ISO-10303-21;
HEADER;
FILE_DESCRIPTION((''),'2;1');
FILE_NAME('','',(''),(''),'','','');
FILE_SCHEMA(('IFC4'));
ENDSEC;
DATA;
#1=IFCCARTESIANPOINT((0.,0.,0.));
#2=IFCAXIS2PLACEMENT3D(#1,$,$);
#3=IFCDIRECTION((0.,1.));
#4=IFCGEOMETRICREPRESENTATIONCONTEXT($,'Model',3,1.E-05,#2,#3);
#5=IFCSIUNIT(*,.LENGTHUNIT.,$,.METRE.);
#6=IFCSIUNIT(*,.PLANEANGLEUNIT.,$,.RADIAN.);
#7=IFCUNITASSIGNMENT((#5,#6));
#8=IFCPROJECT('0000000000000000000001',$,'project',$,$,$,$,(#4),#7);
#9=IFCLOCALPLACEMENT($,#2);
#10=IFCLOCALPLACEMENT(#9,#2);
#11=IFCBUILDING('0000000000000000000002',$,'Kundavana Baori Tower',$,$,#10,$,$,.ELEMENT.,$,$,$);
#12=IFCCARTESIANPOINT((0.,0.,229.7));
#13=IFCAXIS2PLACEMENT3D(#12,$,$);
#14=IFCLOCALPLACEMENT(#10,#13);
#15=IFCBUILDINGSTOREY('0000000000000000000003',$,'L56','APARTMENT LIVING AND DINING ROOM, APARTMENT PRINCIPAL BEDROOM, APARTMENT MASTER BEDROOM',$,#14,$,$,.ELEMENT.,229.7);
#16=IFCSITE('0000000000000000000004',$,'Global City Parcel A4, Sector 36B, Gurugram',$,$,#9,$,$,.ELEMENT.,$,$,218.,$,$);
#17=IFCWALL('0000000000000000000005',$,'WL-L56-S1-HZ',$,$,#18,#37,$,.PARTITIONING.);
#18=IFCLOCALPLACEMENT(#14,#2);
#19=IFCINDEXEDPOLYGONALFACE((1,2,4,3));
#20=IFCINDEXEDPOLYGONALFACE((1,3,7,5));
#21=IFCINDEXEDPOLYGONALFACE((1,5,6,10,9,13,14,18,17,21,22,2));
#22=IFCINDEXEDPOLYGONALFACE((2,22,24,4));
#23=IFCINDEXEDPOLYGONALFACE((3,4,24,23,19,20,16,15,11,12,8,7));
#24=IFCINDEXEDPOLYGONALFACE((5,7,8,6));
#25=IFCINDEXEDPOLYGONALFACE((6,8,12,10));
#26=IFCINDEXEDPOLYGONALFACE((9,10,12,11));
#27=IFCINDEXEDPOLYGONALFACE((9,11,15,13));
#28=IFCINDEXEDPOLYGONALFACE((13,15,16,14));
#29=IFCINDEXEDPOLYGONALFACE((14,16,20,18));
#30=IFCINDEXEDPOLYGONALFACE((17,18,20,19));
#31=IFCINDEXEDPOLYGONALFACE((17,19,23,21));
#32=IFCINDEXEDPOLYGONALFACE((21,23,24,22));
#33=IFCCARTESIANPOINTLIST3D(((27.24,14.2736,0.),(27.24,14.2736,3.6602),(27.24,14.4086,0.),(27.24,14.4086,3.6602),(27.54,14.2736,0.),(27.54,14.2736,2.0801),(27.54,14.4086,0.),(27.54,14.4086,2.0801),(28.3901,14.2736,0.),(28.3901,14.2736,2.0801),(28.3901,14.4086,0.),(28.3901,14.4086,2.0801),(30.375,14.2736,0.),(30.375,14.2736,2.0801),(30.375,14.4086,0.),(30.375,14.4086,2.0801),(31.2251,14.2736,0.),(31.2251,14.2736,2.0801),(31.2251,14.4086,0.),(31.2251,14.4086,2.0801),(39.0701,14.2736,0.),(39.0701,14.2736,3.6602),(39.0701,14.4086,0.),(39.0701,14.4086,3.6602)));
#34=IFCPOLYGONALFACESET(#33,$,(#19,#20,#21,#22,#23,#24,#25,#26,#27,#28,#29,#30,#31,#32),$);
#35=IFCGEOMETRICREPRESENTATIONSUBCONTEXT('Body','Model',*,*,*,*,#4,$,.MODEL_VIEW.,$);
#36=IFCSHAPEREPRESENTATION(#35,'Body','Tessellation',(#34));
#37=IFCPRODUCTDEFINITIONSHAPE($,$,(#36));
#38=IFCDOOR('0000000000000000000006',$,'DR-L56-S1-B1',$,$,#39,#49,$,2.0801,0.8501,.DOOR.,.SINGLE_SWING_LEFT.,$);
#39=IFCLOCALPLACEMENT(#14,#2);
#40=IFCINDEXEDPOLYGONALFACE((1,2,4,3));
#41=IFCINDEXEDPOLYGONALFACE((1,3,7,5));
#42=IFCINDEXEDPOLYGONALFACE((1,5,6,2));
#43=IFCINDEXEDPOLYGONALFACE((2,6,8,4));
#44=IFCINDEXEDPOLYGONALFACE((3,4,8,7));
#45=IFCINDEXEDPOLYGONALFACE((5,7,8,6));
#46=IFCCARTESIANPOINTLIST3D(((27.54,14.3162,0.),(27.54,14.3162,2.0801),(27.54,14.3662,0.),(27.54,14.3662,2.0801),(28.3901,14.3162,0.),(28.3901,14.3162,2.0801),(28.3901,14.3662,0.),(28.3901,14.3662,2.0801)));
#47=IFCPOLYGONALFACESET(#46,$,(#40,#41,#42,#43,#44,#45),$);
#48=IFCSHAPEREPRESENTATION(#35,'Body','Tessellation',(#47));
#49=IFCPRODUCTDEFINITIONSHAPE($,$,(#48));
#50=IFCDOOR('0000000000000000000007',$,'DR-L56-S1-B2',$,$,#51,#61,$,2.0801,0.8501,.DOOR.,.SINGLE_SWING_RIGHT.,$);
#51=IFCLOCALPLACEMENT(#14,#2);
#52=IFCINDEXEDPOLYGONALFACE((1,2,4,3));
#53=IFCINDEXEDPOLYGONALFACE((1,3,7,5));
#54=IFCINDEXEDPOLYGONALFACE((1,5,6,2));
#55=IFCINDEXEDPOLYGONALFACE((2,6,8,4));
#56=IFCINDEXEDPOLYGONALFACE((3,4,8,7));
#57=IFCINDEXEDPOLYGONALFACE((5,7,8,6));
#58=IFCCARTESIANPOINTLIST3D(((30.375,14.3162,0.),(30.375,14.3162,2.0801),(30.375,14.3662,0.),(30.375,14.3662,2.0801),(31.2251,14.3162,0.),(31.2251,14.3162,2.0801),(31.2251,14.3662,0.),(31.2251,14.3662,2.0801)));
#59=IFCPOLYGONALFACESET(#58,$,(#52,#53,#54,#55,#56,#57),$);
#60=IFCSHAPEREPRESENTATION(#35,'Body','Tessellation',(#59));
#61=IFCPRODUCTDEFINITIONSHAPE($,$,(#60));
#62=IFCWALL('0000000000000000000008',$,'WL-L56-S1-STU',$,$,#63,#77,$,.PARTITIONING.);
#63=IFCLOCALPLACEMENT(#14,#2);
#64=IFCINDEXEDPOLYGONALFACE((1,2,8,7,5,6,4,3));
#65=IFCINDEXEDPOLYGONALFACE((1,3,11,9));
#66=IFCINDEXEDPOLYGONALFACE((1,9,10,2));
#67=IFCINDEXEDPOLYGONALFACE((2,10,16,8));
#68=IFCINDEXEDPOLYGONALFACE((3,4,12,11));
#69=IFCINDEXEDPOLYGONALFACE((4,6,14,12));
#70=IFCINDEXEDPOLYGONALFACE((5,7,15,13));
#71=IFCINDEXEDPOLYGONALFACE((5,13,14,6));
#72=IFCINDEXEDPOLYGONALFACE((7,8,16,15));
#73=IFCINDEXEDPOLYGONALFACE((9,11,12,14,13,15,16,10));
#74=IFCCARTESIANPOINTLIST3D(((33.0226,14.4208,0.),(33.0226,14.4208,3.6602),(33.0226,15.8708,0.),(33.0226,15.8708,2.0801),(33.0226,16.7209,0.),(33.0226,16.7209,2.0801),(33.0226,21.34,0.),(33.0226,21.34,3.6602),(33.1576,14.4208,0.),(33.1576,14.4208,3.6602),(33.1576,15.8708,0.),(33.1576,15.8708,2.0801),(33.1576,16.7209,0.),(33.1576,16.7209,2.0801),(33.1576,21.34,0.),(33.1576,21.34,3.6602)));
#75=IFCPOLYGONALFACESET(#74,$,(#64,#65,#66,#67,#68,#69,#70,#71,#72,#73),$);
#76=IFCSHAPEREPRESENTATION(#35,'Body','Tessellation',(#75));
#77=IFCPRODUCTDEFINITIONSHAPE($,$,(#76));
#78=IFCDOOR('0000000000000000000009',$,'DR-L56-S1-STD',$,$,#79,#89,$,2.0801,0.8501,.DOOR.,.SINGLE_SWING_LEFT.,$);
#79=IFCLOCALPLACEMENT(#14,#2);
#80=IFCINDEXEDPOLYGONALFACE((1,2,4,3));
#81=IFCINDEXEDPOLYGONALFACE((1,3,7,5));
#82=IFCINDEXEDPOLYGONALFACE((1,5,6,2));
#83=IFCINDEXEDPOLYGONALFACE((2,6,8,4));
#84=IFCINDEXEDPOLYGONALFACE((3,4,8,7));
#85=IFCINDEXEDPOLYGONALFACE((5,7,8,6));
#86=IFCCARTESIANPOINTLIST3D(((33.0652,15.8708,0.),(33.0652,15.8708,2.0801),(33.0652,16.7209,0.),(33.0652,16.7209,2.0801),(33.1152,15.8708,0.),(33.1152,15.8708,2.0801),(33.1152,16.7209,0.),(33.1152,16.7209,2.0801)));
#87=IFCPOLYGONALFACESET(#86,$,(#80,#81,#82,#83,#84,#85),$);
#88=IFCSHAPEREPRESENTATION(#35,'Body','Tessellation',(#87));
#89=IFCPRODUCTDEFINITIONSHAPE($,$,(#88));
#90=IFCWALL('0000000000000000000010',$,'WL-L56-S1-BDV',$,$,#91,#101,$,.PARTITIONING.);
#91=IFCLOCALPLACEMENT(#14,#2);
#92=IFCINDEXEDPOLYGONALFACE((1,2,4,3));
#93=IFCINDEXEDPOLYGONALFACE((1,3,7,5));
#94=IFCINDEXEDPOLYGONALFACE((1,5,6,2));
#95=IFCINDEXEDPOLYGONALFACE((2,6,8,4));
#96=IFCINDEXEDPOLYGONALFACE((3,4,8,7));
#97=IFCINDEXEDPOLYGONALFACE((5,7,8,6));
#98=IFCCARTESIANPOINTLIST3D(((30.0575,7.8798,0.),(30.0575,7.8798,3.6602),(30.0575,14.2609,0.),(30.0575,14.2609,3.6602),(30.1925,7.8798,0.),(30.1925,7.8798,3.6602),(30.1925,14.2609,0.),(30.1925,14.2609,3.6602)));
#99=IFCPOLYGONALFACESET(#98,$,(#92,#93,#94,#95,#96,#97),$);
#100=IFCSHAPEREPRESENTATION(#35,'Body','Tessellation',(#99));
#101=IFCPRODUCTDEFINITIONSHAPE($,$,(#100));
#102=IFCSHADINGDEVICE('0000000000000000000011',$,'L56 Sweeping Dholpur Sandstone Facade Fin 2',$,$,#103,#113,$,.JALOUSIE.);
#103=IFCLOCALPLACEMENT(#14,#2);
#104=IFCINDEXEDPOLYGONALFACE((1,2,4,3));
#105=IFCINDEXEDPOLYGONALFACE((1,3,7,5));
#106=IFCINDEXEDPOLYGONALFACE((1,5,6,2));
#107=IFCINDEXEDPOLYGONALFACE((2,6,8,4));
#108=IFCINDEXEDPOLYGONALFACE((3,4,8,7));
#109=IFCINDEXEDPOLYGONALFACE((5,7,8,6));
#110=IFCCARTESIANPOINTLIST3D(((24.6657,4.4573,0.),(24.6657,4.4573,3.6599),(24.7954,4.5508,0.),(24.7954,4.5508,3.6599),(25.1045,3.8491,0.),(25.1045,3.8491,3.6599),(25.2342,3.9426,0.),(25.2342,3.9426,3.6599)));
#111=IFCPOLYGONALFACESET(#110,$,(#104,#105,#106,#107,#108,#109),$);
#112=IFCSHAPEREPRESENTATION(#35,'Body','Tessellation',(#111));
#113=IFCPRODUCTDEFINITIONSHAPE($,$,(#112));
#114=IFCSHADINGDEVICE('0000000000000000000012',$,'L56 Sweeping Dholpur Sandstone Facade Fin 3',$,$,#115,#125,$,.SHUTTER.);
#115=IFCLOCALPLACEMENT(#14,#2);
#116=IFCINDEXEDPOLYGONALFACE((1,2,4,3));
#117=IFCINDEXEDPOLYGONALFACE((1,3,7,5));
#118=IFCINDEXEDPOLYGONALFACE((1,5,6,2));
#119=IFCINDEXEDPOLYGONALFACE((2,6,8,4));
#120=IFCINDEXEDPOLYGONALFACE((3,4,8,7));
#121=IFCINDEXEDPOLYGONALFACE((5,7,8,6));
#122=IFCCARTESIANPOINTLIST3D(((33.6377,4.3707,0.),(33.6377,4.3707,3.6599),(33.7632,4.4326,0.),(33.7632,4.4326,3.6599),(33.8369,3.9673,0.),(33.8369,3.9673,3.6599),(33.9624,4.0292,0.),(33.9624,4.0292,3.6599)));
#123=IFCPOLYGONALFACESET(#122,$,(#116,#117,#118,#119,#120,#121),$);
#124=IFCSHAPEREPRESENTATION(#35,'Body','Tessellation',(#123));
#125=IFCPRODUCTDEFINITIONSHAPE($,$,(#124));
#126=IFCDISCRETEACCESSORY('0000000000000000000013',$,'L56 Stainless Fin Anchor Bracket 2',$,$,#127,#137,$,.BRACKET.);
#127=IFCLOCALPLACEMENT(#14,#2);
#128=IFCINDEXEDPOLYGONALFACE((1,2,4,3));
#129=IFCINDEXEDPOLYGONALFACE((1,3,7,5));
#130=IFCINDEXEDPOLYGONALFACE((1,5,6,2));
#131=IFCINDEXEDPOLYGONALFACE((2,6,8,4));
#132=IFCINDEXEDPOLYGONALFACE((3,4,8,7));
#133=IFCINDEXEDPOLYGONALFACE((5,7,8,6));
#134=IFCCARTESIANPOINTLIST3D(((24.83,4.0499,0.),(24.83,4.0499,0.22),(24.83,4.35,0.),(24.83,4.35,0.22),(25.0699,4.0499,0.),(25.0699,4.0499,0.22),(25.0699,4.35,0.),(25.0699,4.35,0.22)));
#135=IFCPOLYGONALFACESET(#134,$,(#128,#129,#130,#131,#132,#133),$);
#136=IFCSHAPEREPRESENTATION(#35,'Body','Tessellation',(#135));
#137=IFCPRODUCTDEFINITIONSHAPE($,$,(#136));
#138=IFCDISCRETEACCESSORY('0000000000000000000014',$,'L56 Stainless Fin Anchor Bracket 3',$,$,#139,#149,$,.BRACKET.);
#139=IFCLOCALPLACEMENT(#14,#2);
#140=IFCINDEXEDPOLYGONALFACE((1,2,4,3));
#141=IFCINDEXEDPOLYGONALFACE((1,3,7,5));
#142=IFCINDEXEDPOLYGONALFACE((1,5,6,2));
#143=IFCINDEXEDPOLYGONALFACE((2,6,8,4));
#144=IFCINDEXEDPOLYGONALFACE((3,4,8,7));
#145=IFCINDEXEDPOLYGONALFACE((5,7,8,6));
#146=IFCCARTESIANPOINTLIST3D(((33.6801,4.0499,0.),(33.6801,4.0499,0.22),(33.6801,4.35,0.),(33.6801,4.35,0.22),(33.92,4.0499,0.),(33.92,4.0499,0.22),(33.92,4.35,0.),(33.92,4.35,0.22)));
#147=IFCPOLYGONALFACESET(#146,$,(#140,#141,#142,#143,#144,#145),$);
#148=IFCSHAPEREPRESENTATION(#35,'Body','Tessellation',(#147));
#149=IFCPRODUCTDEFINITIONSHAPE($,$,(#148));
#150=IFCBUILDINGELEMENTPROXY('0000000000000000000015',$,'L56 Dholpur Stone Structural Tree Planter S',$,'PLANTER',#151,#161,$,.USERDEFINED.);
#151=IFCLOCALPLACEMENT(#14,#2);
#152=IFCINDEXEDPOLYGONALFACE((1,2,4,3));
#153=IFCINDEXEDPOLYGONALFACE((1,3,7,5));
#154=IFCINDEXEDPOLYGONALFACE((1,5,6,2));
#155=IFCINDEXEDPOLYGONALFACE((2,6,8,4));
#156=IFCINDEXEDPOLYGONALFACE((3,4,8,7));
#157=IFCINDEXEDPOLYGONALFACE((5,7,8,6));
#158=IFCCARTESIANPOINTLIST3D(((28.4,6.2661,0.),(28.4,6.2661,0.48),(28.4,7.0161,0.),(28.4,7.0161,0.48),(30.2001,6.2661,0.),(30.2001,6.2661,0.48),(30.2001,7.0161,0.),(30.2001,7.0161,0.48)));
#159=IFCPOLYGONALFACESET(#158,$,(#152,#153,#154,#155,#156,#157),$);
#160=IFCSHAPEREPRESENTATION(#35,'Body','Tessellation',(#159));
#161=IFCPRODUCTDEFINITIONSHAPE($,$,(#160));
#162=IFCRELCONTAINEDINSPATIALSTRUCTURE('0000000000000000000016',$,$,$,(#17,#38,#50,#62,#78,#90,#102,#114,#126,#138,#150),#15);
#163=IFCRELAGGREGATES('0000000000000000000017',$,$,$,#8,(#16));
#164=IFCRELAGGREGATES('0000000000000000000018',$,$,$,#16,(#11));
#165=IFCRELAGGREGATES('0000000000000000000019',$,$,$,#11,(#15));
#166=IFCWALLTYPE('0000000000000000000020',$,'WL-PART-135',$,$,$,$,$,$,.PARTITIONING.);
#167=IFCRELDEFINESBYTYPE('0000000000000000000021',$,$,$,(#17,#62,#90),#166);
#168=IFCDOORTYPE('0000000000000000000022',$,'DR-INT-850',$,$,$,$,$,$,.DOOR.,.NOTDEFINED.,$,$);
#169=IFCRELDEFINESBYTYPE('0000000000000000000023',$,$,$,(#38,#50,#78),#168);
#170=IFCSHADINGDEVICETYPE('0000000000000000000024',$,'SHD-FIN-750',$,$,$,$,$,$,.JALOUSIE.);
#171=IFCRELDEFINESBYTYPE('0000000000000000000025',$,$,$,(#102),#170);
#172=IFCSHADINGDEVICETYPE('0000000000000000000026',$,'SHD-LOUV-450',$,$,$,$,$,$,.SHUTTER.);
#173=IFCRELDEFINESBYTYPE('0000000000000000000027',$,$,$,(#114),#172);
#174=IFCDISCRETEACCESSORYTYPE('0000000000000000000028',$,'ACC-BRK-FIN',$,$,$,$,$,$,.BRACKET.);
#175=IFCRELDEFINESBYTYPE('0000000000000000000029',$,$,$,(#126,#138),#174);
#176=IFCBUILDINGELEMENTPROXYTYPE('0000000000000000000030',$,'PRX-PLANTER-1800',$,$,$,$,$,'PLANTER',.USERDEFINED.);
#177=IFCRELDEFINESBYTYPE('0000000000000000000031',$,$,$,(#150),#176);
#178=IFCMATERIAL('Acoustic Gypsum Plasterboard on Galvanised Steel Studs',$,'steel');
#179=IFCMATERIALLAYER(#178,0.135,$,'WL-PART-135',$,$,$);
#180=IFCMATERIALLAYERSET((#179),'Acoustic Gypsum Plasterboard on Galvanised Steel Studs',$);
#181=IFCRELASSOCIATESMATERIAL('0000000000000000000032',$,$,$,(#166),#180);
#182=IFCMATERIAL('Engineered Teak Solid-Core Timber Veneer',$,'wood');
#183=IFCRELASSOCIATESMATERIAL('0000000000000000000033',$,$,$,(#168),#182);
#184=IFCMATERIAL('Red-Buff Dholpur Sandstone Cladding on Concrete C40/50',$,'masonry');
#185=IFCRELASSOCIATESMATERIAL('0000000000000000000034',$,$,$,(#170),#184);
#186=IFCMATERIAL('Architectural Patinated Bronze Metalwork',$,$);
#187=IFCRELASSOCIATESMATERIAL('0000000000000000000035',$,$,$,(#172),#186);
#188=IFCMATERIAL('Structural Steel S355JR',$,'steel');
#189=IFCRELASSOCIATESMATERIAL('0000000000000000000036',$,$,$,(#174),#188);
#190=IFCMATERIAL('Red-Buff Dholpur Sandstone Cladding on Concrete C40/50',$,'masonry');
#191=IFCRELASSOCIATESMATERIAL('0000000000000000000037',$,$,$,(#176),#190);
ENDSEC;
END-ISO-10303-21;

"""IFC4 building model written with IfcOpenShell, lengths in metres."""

from ifc_helpers import new_model, si_unit, direction, frame, frame_2d, origin, origin_2d, place, context, subcontext, project, spatial, rectangle, extrude, material, layer, layer_set, type_object, element, fill, save


model = new_model("IFC4")

# Units and contexts
model_context = context("Model", 3, precision=1e-05, world=origin(), true_north=direction((0.0, 1.0)))
body_context = subcontext(model_context, "Body", "Model", "MODEL_VIEW")
ifc_project = project(units=[si_unit("LENGTHUNIT", "METRE"), si_unit("PLANEANGLEUNIT", "RADIAN")], contexts=[model_context])

# Site, building, storey
site_placement = place(None, origin())
site = spatial("IfcSite", under=ifc_project, at=site_placement, Name="Global City Parcel A4, Sector 36B, Gurugram", CompositionType="ELEMENT", RefElevation=218.0)
building_placement = place(site_placement, origin())
building = spatial("IfcBuilding", under=site, at=building_placement, Name="Kundavana Baori Tower", CompositionType="ELEMENT")
storey_placement = place(building_placement, frame((0.0, 0.0, 229.7)))
storey = spatial("IfcBuildingStorey", under=building, at=storey_placement, Name="L56", Description="APARTMENT LIVING AND DINING ROOM, APARTMENT PRINCIPAL BEDROOM, APARTMENT MASTER BEDROOM", CompositionType="ELEMENT", Elevation=229.7)

# Shared definitions
ifc_material_1 = material(Name="Acoustic Gypsum Plasterboard on Galvanised Steel Studs", Category="steel")
ifc_layer = layer(ifc_material_1, 0.135, Name="WL-PART-135")
ifc_layer_set = layer_set([ifc_layer], Name="Acoustic Gypsum Plasterboard on Galvanised Steel Studs")
wall_type = type_object("IfcWallType", Name="WL-PART-135", PredefinedType="PARTITIONING", material=ifc_layer_set)

# Wall, openings, doors
wall_1_placement = place(storey_placement, frame((27.24, 14.3411, 0.0), z_axis=(0.0, 0.0, 1.0), x_axis=(1.0, 0.0, 0.0)))
wall_1 = element("IfcWall", 1, at=wall_1_placement, inside=storey, type_object=wall_type, Name="WL-L56-S1-HZ", PredefinedType="PARTITIONING", context=body_context, shape_type="SweptSolid", body=[
    extrude(rectangle(XDim=11.8301, YDim=0.135, at=frame_2d((5.915, 0.0))), origin(), (0.0, 0.0, 1.0), 3.6602),
])
opening_1_placement = place(wall_1_placement, frame((0.3, 0.0, 0.0)))
opening_1 = element("IfcOpeningElement", 2, at=opening_1_placement, cuts=wall_1, PredefinedType="OPENING", context=body_context, shape_type="SweptSolid", body=[
    extrude(rectangle(XDim=0.8501, YDim=2.0801, at=frame_2d((0.425, 1.04))), frame((0.0, 0.0776, 0.0), z_axis=(0.0, -1.0, 0.0), x_axis=(1.0, 0.0, 0.0)), (0.0, 0.0, 1.0), 0.155),
])
opening_2_placement = place(wall_1_placement, frame((3.135, 0.0, 0.0)))
opening_2 = element("IfcOpeningElement", 3, at=opening_2_placement, cuts=wall_1, PredefinedType="OPENING", context=body_context, shape_type="SweptSolid", body=[
    extrude(rectangle(XDim=0.8501, YDim=2.0801, at=frame_2d((0.425, 1.04))), frame((0.0, 0.0776, 0.0), z_axis=(0.0, -1.0, 0.0), x_axis=(1.0, 0.0, 0.0)), (0.0, 0.0, 1.0), 0.155),
])
ifc_material_2 = material(Name="Engineered Teak Solid-Core Timber Veneer", Category="wood")
door_type = type_object("IfcDoorType", Name="DR-INT-850", OperationType="NOTDEFINED", PredefinedType="DOOR", material=ifc_material_2)
door_1_placement = place(opening_1_placement, frame((0.8501, 0.0, 0.0), z_axis=(0.0, 0.0, 1.0), x_axis=(-1.0, 0.0, 0.0)))
door_1 = element("IfcDoor", 4, at=door_1_placement, inside=storey, type_object=door_type, Name="DR-L56-S1-B1", OperationType="SINGLE_SWING_LEFT", OverallHeight=2.0801, OverallWidth=0.8501, PredefinedType="DOOR", context=body_context, shape_type="SweptSolid", body=[
    extrude(rectangle(XDim=0.8501, YDim=2.0801, at=frame_2d((0.425, 1.04))), frame((0.0, 0.0249, 0.0), z_axis=(0.0, -1.0, 0.0), x_axis=(1.0, 0.0, 0.0)), (0.0, 0.0, 1.0), 0.05),
])
fill(opening_1, door_1)
door_2_placement = place(opening_2_placement, frame((0.8501, 0.0, 0.0), z_axis=(0.0, 0.0, 1.0), x_axis=(-1.0, 0.0, 0.0)))
door_2 = element("IfcDoor", 5, at=door_2_placement, inside=storey, type_object=door_type, Name="DR-L56-S1-B2", OperationType="SINGLE_SWING_RIGHT", OverallHeight=2.0801, OverallWidth=0.8501, PredefinedType="DOOR", context=body_context, shape_type="SweptSolid", body=[
    extrude(rectangle(XDim=0.8501, YDim=2.0801, at=frame_2d((0.425, 1.04))), frame((0.0, 0.0249, 0.0), z_axis=(0.0, -1.0, 0.0), x_axis=(1.0, 0.0, 0.0)), (0.0, 0.0, 1.0), 0.05),
])
fill(opening_2, door_2)

# Wall, opening, door
wall_2_placement = place(storey_placement, frame((33.0901, 14.4209, 0.0), z_axis=(0.0, 0.0, 1.0), x_axis=(0.0, 1.0, 0.0)))
wall_2 = element("IfcWall", 6, at=wall_2_placement, inside=storey, type_object=wall_type, Name="WL-L56-S1-STU", PredefinedType="PARTITIONING", context=body_context, shape_type="SweptSolid", body=[
    extrude(rectangle(XDim=6.9192, YDim=0.135, at=frame_2d((3.4595, 0.0))), origin(), (0.0, 0.0, 1.0), 3.6602),
])
opening_3_placement = place(wall_2_placement, frame((1.45, 0.0, 0.0)))
opening_3 = element("IfcOpeningElement", 7, at=opening_3_placement, cuts=wall_2, PredefinedType="OPENING", context=body_context, shape_type="SweptSolid", body=[
    extrude(rectangle(XDim=0.8501, YDim=2.0801, at=frame_2d((0.425, 1.04))), frame((0.0, 0.0776, 0.0), z_axis=(0.0, -1.0, 0.0), x_axis=(1.0, 0.0, 0.0)), (0.0, 0.0, 1.0), 0.155),
])
door_3_placement = place(opening_3_placement, origin())
door_3 = element("IfcDoor", 8, at=door_3_placement, inside=storey, type_object=door_type, Name="DR-L56-S1-STD", OperationType="SINGLE_SWING_LEFT", OverallHeight=2.0801, OverallWidth=0.8501, PredefinedType="DOOR", context=body_context, shape_type="SweptSolid", body=[
    extrude(rectangle(XDim=0.8501, YDim=2.0801, at=frame_2d((0.425, 1.04))), frame((0.0, 0.0249, 0.0), z_axis=(0.0, -1.0, 0.0), x_axis=(1.0, 0.0, 0.0)), (0.0, 0.0, 1.0), 0.05),
])
fill(opening_3, door_3)

# Wall
wall_3_placement = place(storey_placement, frame((30.125, 7.8799, 0.0), z_axis=(0.0, 0.0, 1.0), x_axis=(0.0, 1.0, 0.0)))
element("IfcWall", 9, at=wall_3_placement, inside=storey, type_object=wall_type, Name="WL-L56-S1-BDV", PredefinedType="PARTITIONING", context=body_context, shape_type="SweptSolid", body=[
    extrude(rectangle(XDim=6.3811, YDim=0.135, at=frame_2d((3.1904, 0.0))), origin(), (0.0, 0.0, 1.0), 3.6602),
])

# Shading devices
ifc_material_3 = material(Name="Red-Buff Dholpur Sandstone Cladding on Concrete C40/50", Category="masonry")
shading_device_type_1 = type_object("IfcShadingDeviceType", Name="SHD-FIN-750", PredefinedType="JALOUSIE", material=ifc_material_3)
shading_device_1_placement = place(storey_placement, frame((24.95, 4.2, 0.0), z_axis=(0.0, 0.0, 1.0), x_axis=(0.810962, 0.585099, 0.0)))
element("IfcShadingDevice", 10, at=shading_device_1_placement, inside=storey, type_object=shading_device_type_1, Name="L56 Sweeping Dholpur Sandstone Facade Fin 2", PredefinedType="JALOUSIE", context=body_context, shape_type="SweptSolid", body=[
    extrude(rectangle(XDim=0.1599, YDim=0.75, at=origin_2d()), origin(), (0.0, 0.0, 1.0), 3.6599),
])
ifc_material_4 = material(Name="Architectural Patinated Bronze Metalwork")
shading_device_type_2 = type_object("IfcShadingDeviceType", Name="SHD-LOUV-450", PredefinedType="SHUTTER", material=ifc_material_4)
shading_device_2_placement = place(storey_placement, frame((33.8, 4.2, 0.0), z_axis=(0.0, 0.0, 1.0), x_axis=(0.896641, 0.442758, 0.0)))
element("IfcShadingDevice", 11, at=shading_device_2_placement, inside=storey, type_object=shading_device_type_2, Name="L56 Sweeping Dholpur Sandstone Facade Fin 3", PredefinedType="SHUTTER", context=body_context, shape_type="SweptSolid", body=[
    extrude(rectangle(XDim=0.1399, YDim=0.45, at=origin_2d()), origin(), (0.0, 0.0, 1.0), 3.6599),
])

# Discrete accessories
ifc_material_5 = material(Name="Structural Steel S355JR", Category="steel")
discrete_accessory_type = type_object("IfcDiscreteAccessoryType", Name="ACC-BRK-FIN", PredefinedType="BRACKET", material=ifc_material_5)
for number, where, z_axis, x_axis, name in (
    (12, (24.95, 4.2, 0.0), (0.0, 0.0, 1.0), (1.0, 0.0, 0.0), "L56 Stainless Fin Anchor Bracket 2"),
    (13, (33.8, 4.2, 0.0), (0.0, 0.0, 1.0), (1.0, 0.0, 0.0), "L56 Stainless Fin Anchor Bracket 3"),
):
    element("IfcDiscreteAccessory", number, at=place(storey_placement, frame(where, z_axis=z_axis, x_axis=x_axis)), inside=storey, type_object=discrete_accessory_type, Name=name, PredefinedType="BRACKET", context=body_context, shape_type="SweptSolid", body=[
        extrude(rectangle(XDim=0.24, YDim=0.3, at=origin_2d()), origin(), (0.0, 0.0, 1.0), 0.22),
    ])

# Building element proxy
ifc_material_6 = material(Name="Red-Buff Dholpur Sandstone Cladding on Concrete C40/50", Category="masonry")
building_element_proxy_type = type_object("IfcBuildingElementProxyType", Name="PRX-PLANTER-1800", ElementType="PLANTER", PredefinedType="USERDEFINED", material=ifc_material_6)
proxy_placement = place(storey_placement, frame((29.3, 6.6411, 0.0), z_axis=(0.0, 0.0, 1.0), x_axis=(1.0, 0.0, 0.0)))
element("IfcBuildingElementProxy", 14, at=proxy_placement, inside=storey, type_object=building_element_proxy_type, Name="L56 Dholpur Stone Structural Tree Planter S", ObjectType="PLANTER", PredefinedType="USERDEFINED", context=body_context, shape_type="SweptSolid", body=[
    extrude(rectangle(XDim=1.8, YDim=0.75, at=origin_2d()), origin(), (0.0, 0.0, 1.0), 0.48),
])

save(model, "model.ifc")
